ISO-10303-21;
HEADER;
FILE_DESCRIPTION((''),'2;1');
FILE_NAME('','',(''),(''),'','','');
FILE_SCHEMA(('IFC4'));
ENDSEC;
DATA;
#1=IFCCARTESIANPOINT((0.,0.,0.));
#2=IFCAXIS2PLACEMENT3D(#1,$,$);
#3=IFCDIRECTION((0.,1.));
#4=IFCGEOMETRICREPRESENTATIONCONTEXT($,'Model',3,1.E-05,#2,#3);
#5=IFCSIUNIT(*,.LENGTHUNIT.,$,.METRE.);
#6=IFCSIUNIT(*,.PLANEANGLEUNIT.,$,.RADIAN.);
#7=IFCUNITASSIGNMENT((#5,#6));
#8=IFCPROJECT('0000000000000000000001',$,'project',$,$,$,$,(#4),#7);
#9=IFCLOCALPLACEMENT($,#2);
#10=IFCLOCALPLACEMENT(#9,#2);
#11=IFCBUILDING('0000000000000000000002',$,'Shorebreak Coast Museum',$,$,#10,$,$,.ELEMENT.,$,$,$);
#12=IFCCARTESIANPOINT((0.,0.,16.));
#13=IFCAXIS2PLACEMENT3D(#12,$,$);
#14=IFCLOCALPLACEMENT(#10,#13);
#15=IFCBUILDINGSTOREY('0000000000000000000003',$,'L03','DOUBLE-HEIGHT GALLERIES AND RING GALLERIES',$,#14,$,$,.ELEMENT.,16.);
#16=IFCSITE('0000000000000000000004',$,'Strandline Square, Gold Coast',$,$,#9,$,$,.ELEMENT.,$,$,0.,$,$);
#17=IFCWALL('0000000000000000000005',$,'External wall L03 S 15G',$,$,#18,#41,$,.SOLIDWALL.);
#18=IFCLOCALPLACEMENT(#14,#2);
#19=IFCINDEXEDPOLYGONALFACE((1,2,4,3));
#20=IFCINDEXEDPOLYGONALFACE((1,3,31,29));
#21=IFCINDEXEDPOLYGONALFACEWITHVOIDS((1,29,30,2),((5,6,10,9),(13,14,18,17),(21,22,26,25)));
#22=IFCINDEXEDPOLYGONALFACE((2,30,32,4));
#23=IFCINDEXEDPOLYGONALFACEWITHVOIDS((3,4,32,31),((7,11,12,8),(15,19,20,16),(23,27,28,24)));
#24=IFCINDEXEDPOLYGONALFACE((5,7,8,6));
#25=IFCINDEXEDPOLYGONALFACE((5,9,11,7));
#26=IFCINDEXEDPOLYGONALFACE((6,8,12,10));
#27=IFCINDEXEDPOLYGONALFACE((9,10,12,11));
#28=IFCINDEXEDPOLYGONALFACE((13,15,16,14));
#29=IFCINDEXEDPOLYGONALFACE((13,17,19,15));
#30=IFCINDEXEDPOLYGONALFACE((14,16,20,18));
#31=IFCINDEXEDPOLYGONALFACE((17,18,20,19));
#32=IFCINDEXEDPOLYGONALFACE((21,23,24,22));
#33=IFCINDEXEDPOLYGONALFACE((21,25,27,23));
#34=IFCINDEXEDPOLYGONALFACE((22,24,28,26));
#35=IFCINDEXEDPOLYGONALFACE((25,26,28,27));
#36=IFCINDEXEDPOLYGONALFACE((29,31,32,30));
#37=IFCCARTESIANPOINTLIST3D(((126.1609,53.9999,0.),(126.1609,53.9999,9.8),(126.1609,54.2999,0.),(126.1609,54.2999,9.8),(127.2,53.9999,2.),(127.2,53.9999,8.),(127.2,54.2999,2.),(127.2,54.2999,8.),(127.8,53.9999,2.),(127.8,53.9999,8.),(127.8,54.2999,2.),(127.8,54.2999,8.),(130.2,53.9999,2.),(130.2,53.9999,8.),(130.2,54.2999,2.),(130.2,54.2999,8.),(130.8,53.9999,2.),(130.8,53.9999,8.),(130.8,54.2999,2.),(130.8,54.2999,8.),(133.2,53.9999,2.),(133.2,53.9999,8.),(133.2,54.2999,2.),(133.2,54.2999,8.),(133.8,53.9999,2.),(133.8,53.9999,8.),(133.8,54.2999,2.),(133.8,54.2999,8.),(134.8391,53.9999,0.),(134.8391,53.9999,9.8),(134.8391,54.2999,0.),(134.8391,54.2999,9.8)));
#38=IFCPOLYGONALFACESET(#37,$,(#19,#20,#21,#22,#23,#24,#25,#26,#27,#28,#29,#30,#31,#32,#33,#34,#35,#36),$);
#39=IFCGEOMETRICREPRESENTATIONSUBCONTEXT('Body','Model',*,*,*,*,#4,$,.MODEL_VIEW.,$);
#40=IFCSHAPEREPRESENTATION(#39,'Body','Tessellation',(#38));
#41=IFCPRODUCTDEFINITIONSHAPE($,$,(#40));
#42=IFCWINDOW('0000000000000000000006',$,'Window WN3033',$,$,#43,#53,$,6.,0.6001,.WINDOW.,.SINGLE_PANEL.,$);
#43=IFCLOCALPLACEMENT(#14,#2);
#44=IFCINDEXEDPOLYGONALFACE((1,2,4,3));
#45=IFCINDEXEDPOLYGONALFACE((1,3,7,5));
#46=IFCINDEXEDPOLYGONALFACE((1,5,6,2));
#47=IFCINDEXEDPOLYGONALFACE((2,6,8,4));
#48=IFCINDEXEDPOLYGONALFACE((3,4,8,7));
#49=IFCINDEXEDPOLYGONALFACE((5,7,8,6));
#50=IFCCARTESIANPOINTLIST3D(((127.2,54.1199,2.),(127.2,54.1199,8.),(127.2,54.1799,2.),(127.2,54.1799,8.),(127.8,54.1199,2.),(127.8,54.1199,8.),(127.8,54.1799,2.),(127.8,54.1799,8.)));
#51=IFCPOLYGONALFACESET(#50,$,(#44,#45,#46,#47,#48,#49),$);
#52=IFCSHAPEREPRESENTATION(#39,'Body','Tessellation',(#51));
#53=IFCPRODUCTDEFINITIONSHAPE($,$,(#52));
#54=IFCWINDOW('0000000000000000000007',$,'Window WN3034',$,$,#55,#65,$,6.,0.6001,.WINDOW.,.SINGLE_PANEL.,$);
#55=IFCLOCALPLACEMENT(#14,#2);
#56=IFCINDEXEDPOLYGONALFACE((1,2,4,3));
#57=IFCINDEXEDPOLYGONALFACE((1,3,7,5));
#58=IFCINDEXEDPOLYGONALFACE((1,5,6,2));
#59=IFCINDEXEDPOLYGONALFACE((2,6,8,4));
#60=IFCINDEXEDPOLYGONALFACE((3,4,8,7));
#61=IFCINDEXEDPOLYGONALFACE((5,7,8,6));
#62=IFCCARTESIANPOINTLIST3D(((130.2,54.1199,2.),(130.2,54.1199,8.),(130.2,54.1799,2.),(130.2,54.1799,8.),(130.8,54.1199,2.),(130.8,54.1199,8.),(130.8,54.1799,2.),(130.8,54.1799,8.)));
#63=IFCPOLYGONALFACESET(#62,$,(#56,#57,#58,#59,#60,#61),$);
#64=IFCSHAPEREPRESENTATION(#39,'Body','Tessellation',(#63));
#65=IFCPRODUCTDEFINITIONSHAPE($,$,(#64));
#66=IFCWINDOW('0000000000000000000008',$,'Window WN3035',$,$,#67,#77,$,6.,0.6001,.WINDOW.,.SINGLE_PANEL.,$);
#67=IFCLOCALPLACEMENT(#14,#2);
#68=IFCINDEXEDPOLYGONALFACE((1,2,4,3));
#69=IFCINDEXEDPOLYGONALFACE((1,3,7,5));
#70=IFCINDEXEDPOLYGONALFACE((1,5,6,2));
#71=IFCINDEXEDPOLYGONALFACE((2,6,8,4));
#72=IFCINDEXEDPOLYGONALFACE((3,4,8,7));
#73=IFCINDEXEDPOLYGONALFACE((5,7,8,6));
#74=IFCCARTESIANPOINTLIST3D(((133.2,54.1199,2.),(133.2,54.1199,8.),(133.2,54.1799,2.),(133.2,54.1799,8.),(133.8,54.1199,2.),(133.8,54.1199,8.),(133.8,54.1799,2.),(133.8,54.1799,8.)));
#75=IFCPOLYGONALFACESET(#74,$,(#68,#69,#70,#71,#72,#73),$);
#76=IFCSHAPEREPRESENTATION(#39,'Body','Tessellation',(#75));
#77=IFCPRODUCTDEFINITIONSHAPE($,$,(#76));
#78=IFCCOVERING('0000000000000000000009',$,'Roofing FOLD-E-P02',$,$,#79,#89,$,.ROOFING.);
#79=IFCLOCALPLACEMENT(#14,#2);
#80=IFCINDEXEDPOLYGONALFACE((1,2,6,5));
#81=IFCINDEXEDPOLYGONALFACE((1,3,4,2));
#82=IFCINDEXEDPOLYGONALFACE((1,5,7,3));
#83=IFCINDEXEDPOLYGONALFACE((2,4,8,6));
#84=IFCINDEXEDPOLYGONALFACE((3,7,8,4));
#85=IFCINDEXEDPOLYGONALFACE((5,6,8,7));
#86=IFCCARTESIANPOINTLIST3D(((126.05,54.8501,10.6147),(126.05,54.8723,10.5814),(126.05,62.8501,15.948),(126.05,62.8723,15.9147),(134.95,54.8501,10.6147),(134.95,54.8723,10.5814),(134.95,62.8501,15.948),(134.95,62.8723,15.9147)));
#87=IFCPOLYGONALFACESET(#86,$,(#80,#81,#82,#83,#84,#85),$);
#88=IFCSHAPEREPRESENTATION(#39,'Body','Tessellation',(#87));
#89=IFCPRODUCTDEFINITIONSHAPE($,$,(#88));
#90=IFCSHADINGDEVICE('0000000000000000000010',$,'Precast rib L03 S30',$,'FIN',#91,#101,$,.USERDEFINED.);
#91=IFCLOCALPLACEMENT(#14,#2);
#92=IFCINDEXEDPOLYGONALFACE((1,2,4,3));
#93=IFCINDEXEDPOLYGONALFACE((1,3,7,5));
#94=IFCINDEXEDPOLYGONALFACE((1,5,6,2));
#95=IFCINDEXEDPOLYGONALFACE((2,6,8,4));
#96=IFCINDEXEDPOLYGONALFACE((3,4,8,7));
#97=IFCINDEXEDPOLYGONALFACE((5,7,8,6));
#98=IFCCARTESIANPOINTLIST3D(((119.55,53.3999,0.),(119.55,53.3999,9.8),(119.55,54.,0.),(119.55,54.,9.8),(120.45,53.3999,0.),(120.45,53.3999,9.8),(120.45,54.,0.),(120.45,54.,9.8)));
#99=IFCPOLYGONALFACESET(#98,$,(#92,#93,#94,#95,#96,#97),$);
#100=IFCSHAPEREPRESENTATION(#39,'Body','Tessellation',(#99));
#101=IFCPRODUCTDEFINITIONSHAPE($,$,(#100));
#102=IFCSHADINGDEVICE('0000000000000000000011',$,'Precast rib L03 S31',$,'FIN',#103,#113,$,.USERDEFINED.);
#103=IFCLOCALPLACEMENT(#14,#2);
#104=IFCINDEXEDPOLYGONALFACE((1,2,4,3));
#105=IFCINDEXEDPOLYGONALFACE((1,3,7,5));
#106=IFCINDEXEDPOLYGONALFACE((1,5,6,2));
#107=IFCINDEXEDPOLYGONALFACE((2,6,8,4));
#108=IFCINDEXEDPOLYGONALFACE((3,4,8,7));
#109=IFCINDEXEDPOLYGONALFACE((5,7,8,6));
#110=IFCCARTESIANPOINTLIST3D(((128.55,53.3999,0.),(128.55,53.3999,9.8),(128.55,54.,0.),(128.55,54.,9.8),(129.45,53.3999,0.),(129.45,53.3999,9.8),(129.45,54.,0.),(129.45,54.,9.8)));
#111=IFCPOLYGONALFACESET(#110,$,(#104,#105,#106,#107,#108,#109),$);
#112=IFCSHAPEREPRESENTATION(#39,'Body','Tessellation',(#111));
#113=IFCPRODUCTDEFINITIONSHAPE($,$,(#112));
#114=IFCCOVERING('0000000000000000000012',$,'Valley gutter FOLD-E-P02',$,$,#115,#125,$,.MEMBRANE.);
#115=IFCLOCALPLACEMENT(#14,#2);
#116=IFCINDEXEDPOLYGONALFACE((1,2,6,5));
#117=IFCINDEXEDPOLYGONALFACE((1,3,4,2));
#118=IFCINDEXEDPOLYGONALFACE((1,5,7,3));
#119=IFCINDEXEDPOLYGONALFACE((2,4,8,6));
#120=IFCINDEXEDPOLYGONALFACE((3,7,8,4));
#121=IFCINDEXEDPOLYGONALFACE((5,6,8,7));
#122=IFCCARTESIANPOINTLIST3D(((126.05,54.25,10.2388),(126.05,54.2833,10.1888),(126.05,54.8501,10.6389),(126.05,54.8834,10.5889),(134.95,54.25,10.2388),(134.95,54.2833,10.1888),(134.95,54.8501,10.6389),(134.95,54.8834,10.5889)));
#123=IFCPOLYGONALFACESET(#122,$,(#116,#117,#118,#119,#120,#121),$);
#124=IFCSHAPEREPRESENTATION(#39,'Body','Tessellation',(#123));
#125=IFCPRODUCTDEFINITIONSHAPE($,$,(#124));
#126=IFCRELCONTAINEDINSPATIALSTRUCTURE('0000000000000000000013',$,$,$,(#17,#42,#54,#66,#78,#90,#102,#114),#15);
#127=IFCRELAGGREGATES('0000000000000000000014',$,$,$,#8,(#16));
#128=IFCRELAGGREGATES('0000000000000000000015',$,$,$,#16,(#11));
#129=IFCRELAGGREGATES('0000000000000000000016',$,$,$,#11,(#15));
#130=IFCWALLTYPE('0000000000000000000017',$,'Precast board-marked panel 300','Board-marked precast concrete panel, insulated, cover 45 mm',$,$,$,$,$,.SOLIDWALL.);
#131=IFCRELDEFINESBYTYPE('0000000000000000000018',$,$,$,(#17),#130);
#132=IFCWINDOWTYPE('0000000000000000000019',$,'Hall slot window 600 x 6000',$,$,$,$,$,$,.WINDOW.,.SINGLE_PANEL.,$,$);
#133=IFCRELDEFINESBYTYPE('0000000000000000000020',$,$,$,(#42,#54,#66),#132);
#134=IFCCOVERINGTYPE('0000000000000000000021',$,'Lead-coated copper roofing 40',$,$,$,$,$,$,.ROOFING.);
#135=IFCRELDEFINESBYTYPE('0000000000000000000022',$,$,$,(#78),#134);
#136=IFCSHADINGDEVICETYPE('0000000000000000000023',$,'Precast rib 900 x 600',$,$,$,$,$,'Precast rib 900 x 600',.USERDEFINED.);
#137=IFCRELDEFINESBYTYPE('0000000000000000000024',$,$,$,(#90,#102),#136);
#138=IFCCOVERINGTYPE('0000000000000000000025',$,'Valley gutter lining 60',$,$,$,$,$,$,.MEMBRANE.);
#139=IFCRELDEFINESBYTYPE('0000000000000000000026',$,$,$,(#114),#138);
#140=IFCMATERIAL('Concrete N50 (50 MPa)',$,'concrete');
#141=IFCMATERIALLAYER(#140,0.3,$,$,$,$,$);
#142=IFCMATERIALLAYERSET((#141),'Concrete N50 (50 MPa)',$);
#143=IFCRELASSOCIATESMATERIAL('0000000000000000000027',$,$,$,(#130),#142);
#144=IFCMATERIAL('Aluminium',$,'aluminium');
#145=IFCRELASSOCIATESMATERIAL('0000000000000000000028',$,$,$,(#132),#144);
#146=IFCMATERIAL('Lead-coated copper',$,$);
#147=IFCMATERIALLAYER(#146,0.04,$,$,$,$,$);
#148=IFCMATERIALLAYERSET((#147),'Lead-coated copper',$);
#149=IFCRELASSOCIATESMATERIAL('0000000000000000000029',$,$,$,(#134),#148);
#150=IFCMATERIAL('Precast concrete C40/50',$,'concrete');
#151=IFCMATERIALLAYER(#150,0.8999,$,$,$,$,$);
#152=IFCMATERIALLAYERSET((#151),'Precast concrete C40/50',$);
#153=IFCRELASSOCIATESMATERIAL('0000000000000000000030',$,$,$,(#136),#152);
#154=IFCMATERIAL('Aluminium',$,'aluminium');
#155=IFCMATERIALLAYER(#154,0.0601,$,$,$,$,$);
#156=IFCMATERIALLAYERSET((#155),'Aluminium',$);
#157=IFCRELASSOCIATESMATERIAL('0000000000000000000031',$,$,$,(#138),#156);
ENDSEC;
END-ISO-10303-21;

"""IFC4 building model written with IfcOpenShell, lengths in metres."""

from ifc_helpers import new_model, si_unit, direction, frame, frame_2d, origin, origin_2d, place, context, subcontext, project, spatial, polyline, rectangle, outline, extrude, material, layer, layer_set, type_object, element, fill, save


model = new_model("IFC4")

# Units and contexts
model_context = context("Model", 3, precision=1e-05, world=origin(), true_north=direction((0.0, 1.0)))
body_context = subcontext(model_context, "Body", "Model", "MODEL_VIEW")
ifc_project = project(units=[si_unit("LENGTHUNIT", "METRE"), si_unit("PLANEANGLEUNIT", "RADIAN")], contexts=[model_context])

# Site, building, storey
site_placement = place(None, origin())
site = spatial("IfcSite", under=ifc_project, at=site_placement, Name="Strandline Square, Gold Coast", CompositionType="ELEMENT", RefElevation=0.0)
building_placement = place(site_placement, origin())
building = spatial("IfcBuilding", under=site, at=building_placement, Name="Shorebreak Coast Museum", CompositionType="ELEMENT")
storey_placement = place(building_placement, frame((0.0, 0.0, 16.0)))
storey = spatial("IfcBuildingStorey", under=building, at=storey_placement, Name="L03", Description="DOUBLE-HEIGHT GALLERIES AND RING GALLERIES", CompositionType="ELEMENT", Elevation=16.0)

# Wall, openings, windows
ifc_material_1 = material(Name="Concrete N50 (50 MPa)", Category="concrete")
ifc_layer_1 = layer(ifc_material_1, 0.3)
ifc_layer_set_1 = layer_set([ifc_layer_1], Name="Concrete N50 (50 MPa)")
wall_type_1 = type_object("IfcWallType", Name="Precast board-marked panel 300", Description="Board-marked precast concrete panel, insulated, cover 45 mm", PredefinedType="SOLIDWALL", material=ifc_layer_set_1)
ifc_material_2 = material(Name="Aluminium", Category="aluminium")
window_type = type_object("IfcWindowType", Name="Hall slot window 600 x 6000", PartitioningType="SINGLE_PANEL", PredefinedType="WINDOW", material=ifc_material_2)
wall_1_placement = place(storey_placement, frame((126.1609, 54.1499, 0.0), z_axis=(0.0, 0.0, 1.0), x_axis=(1.0, 0.0, 0.0)))
wall_1 = element("IfcWall", 1, at=wall_1_placement, inside=storey, type_object=wall_type_1, Name="External wall L03 S 15G", PredefinedType="SOLIDWALL", context=body_context, shape_type="SweptSolid", body=[
    extrude(rectangle(XDim=8.6782, YDim=0.3, at=frame_2d((4.3391, 0.0))), origin(), (0.0, 0.0, 1.0), 9.8),
])
opening_1_placement = place(wall_1_placement, frame((1.0391, 0.0, 2.0)))
opening_1 = element("IfcOpeningElement", 2, at=opening_1_placement, cuts=wall_1, PredefinedType="OPENING", context=body_context, shape_type="SweptSolid", body=[
    extrude(rectangle(XDim=0.6001, YDim=6.0, at=frame_2d((0.3, 3.0))), frame((0.0, 0.1599, 0.0), z_axis=(0.0, -1.0, 0.0), x_axis=(1.0, 0.0, 0.0)), (0.0, 0.0, 1.0), 0.3201),
])
opening_2_placement = place(wall_1_placement, frame((4.0391, 0.0, 2.0)))
opening_2 = element("IfcOpeningElement", 3, at=opening_2_placement, cuts=wall_1, PredefinedType="OPENING", context=body_context, shape_type="SweptSolid", body=[
    extrude(rectangle(XDim=0.6001, YDim=6.0, at=frame_2d((0.3, 3.0))), frame((0.0, 0.1599, 0.0), z_axis=(0.0, -1.0, 0.0), x_axis=(1.0, 0.0, 0.0)), (0.0, 0.0, 1.0), 0.3201),
])
opening_3_placement = place(wall_1_placement, frame((7.0391, 0.0, 2.0)))
opening_3 = element("IfcOpeningElement", 4, at=opening_3_placement, cuts=wall_1, PredefinedType="OPENING", context=body_context, shape_type="SweptSolid", body=[
    extrude(rectangle(XDim=0.6001, YDim=6.0, at=frame_2d((0.3, 3.0))), frame((0.0, 0.1599, 0.0), z_axis=(0.0, -1.0, 0.0), x_axis=(1.0, 0.0, 0.0)), (0.0, 0.0, 1.0), 0.3201),
])
window_1_placement = place(opening_1_placement, origin())
window_1 = element("IfcWindow", 5, at=window_1_placement, inside=storey, type_object=window_type, Name="Window WN3033", OverallHeight=6.0, OverallWidth=0.6001, PartitioningType="SINGLE_PANEL", PredefinedType="WINDOW", context=body_context, shape_type="SweptSolid", body=[
    extrude(rectangle(XDim=0.6001, YDim=6.0, at=frame_2d((0.3, 3.0))), frame((0.0, 0.03, 0.0), z_axis=(0.0, -1.0, 0.0), x_axis=(1.0, 0.0, 0.0)), (0.0, 0.0, 1.0), 0.0601),
])
fill(opening_1, window_1)
window_2_placement = place(opening_2_placement, origin())
window_2 = element("IfcWindow", 6, at=window_2_placement, inside=storey, type_object=window_type, Name="Window WN3034", OverallHeight=6.0, OverallWidth=0.6001, PartitioningType="SINGLE_PANEL", PredefinedType="WINDOW", context=body_context, shape_type="SweptSolid", body=[
    extrude(rectangle(XDim=0.6001, YDim=6.0, at=frame_2d((0.3, 3.0))), frame((0.0, 0.03, 0.0), z_axis=(0.0, -1.0, 0.0), x_axis=(1.0, 0.0, 0.0)), (0.0, 0.0, 1.0), 0.0601),
])
fill(opening_2, window_2)
window_3_placement = place(opening_3_placement, origin())
window_3 = element("IfcWindow", 7, at=window_3_placement, inside=storey, type_object=window_type, Name="Window WN3035", OverallHeight=6.0, OverallWidth=0.6001, PartitioningType="SINGLE_PANEL", PredefinedType="WINDOW", context=body_context, shape_type="SweptSolid", body=[
    extrude(rectangle(XDim=0.6001, YDim=6.0, at=frame_2d((0.3, 3.0))), frame((0.0, 0.03, 0.0), z_axis=(0.0, -1.0, 0.0), x_axis=(1.0, 0.0, 0.0)), (0.0, 0.0, 1.0), 0.0601),
])
fill(opening_3, window_3)

# Covering
ifc_material_3 = material(Name="Lead-coated copper")
ifc_layer_2 = layer(ifc_material_3, 0.04)
ifc_layer_set_2 = layer_set([ifc_layer_2], Name="Lead-coated copper")
covering_type_1 = type_object("IfcCoveringType", Name="Lead-coated copper roofing 40", PredefinedType="ROOFING", material=ifc_layer_set_2)
covering_1_placement = place(storey_placement, frame((126.05, 54.8501, 10.6147), z_axis=(0.0, -0.554694, 0.832054), x_axis=(1.0, 0.0, 0.0)))
element("IfcCovering", 8, at=covering_1_placement, inside=storey, type_object=covering_type_1, Name="Roofing FOLD-E-P02", PredefinedType="ROOFING", context=body_context, shape_type="SweptSolid", body=[
    extrude(outline(polyline([(0.0, 0.0), (8.8999, 0.0), (8.8999, 9.6148), (0.0, 9.6148), (0.0, 0.0)])), origin(), (0.0, 0.0, -1.0), 0.04),
])

# Shading devices
ifc_material_4 = material(Name="Precast concrete C40/50", Category="concrete")
ifc_layer_3 = layer(ifc_material_4, 0.8999)
ifc_layer_set_3 = layer_set([ifc_layer_3], Name="Precast concrete C40/50")
shading_device_type = type_object("IfcShadingDeviceType", Name="Precast rib 900 x 600", ElementType="Precast rib 900 x 600", PredefinedType="USERDEFINED", material=ifc_layer_set_3)
for number, where, z_axis, x_axis, name in (
    (9, (120.0, 53.7, 0.0), (0.0, 0.0, 1.0), (1.0, 0.0, 0.0), "Precast rib L03 S30"),
    (10, (129.0, 53.7, 0.0), (0.0, 0.0, 1.0), (1.0, 0.0, 0.0), "Precast rib L03 S31"),
):
    element("IfcShadingDevice", number, at=place(storey_placement, frame(where, z_axis=z_axis, x_axis=x_axis)), inside=storey, type_object=shading_device_type, Name=name, ObjectType="FIN", PredefinedType="USERDEFINED", context=body_context, shape_type="SweptSolid", body=[
        extrude(rectangle(XDim=0.8999, YDim=0.6001, at=origin_2d()), origin(), (0.0, 0.0, 1.0), 9.8),
    ])

# Covering
ifc_material_5 = material(Name="Aluminium", Category="aluminium")
ifc_layer_4 = layer(ifc_material_5, 0.0601)
ifc_layer_set_4 = layer_set([ifc_layer_4], Name="Aluminium")
covering_type_2 = type_object("IfcCoveringType", Name="Valley gutter lining 60", PredefinedType="MEMBRANE", material=ifc_layer_set_4)
covering_2_placement = place(storey_placement, frame((126.05, 54.25, 10.2388), z_axis=(0.0, -0.554778, 0.831998), x_axis=(1.0, 0.0, 0.0)))
element("IfcCovering", 11, at=covering_2_placement, inside=storey, type_object=covering_type_2, Name="Valley gutter FOLD-E-P02", PredefinedType="MEMBRANE", context=body_context, shape_type="SweptSolid", body=[
    extrude(outline(polyline([(0.0, 0.0), (8.8999, 0.0), (8.8999, 0.7213), (0.0, 0.7213), (0.0, 0.0)])), origin(), (0.0, 0.0, -1.0), 0.0601),
])

save(model, "model.ifc")
